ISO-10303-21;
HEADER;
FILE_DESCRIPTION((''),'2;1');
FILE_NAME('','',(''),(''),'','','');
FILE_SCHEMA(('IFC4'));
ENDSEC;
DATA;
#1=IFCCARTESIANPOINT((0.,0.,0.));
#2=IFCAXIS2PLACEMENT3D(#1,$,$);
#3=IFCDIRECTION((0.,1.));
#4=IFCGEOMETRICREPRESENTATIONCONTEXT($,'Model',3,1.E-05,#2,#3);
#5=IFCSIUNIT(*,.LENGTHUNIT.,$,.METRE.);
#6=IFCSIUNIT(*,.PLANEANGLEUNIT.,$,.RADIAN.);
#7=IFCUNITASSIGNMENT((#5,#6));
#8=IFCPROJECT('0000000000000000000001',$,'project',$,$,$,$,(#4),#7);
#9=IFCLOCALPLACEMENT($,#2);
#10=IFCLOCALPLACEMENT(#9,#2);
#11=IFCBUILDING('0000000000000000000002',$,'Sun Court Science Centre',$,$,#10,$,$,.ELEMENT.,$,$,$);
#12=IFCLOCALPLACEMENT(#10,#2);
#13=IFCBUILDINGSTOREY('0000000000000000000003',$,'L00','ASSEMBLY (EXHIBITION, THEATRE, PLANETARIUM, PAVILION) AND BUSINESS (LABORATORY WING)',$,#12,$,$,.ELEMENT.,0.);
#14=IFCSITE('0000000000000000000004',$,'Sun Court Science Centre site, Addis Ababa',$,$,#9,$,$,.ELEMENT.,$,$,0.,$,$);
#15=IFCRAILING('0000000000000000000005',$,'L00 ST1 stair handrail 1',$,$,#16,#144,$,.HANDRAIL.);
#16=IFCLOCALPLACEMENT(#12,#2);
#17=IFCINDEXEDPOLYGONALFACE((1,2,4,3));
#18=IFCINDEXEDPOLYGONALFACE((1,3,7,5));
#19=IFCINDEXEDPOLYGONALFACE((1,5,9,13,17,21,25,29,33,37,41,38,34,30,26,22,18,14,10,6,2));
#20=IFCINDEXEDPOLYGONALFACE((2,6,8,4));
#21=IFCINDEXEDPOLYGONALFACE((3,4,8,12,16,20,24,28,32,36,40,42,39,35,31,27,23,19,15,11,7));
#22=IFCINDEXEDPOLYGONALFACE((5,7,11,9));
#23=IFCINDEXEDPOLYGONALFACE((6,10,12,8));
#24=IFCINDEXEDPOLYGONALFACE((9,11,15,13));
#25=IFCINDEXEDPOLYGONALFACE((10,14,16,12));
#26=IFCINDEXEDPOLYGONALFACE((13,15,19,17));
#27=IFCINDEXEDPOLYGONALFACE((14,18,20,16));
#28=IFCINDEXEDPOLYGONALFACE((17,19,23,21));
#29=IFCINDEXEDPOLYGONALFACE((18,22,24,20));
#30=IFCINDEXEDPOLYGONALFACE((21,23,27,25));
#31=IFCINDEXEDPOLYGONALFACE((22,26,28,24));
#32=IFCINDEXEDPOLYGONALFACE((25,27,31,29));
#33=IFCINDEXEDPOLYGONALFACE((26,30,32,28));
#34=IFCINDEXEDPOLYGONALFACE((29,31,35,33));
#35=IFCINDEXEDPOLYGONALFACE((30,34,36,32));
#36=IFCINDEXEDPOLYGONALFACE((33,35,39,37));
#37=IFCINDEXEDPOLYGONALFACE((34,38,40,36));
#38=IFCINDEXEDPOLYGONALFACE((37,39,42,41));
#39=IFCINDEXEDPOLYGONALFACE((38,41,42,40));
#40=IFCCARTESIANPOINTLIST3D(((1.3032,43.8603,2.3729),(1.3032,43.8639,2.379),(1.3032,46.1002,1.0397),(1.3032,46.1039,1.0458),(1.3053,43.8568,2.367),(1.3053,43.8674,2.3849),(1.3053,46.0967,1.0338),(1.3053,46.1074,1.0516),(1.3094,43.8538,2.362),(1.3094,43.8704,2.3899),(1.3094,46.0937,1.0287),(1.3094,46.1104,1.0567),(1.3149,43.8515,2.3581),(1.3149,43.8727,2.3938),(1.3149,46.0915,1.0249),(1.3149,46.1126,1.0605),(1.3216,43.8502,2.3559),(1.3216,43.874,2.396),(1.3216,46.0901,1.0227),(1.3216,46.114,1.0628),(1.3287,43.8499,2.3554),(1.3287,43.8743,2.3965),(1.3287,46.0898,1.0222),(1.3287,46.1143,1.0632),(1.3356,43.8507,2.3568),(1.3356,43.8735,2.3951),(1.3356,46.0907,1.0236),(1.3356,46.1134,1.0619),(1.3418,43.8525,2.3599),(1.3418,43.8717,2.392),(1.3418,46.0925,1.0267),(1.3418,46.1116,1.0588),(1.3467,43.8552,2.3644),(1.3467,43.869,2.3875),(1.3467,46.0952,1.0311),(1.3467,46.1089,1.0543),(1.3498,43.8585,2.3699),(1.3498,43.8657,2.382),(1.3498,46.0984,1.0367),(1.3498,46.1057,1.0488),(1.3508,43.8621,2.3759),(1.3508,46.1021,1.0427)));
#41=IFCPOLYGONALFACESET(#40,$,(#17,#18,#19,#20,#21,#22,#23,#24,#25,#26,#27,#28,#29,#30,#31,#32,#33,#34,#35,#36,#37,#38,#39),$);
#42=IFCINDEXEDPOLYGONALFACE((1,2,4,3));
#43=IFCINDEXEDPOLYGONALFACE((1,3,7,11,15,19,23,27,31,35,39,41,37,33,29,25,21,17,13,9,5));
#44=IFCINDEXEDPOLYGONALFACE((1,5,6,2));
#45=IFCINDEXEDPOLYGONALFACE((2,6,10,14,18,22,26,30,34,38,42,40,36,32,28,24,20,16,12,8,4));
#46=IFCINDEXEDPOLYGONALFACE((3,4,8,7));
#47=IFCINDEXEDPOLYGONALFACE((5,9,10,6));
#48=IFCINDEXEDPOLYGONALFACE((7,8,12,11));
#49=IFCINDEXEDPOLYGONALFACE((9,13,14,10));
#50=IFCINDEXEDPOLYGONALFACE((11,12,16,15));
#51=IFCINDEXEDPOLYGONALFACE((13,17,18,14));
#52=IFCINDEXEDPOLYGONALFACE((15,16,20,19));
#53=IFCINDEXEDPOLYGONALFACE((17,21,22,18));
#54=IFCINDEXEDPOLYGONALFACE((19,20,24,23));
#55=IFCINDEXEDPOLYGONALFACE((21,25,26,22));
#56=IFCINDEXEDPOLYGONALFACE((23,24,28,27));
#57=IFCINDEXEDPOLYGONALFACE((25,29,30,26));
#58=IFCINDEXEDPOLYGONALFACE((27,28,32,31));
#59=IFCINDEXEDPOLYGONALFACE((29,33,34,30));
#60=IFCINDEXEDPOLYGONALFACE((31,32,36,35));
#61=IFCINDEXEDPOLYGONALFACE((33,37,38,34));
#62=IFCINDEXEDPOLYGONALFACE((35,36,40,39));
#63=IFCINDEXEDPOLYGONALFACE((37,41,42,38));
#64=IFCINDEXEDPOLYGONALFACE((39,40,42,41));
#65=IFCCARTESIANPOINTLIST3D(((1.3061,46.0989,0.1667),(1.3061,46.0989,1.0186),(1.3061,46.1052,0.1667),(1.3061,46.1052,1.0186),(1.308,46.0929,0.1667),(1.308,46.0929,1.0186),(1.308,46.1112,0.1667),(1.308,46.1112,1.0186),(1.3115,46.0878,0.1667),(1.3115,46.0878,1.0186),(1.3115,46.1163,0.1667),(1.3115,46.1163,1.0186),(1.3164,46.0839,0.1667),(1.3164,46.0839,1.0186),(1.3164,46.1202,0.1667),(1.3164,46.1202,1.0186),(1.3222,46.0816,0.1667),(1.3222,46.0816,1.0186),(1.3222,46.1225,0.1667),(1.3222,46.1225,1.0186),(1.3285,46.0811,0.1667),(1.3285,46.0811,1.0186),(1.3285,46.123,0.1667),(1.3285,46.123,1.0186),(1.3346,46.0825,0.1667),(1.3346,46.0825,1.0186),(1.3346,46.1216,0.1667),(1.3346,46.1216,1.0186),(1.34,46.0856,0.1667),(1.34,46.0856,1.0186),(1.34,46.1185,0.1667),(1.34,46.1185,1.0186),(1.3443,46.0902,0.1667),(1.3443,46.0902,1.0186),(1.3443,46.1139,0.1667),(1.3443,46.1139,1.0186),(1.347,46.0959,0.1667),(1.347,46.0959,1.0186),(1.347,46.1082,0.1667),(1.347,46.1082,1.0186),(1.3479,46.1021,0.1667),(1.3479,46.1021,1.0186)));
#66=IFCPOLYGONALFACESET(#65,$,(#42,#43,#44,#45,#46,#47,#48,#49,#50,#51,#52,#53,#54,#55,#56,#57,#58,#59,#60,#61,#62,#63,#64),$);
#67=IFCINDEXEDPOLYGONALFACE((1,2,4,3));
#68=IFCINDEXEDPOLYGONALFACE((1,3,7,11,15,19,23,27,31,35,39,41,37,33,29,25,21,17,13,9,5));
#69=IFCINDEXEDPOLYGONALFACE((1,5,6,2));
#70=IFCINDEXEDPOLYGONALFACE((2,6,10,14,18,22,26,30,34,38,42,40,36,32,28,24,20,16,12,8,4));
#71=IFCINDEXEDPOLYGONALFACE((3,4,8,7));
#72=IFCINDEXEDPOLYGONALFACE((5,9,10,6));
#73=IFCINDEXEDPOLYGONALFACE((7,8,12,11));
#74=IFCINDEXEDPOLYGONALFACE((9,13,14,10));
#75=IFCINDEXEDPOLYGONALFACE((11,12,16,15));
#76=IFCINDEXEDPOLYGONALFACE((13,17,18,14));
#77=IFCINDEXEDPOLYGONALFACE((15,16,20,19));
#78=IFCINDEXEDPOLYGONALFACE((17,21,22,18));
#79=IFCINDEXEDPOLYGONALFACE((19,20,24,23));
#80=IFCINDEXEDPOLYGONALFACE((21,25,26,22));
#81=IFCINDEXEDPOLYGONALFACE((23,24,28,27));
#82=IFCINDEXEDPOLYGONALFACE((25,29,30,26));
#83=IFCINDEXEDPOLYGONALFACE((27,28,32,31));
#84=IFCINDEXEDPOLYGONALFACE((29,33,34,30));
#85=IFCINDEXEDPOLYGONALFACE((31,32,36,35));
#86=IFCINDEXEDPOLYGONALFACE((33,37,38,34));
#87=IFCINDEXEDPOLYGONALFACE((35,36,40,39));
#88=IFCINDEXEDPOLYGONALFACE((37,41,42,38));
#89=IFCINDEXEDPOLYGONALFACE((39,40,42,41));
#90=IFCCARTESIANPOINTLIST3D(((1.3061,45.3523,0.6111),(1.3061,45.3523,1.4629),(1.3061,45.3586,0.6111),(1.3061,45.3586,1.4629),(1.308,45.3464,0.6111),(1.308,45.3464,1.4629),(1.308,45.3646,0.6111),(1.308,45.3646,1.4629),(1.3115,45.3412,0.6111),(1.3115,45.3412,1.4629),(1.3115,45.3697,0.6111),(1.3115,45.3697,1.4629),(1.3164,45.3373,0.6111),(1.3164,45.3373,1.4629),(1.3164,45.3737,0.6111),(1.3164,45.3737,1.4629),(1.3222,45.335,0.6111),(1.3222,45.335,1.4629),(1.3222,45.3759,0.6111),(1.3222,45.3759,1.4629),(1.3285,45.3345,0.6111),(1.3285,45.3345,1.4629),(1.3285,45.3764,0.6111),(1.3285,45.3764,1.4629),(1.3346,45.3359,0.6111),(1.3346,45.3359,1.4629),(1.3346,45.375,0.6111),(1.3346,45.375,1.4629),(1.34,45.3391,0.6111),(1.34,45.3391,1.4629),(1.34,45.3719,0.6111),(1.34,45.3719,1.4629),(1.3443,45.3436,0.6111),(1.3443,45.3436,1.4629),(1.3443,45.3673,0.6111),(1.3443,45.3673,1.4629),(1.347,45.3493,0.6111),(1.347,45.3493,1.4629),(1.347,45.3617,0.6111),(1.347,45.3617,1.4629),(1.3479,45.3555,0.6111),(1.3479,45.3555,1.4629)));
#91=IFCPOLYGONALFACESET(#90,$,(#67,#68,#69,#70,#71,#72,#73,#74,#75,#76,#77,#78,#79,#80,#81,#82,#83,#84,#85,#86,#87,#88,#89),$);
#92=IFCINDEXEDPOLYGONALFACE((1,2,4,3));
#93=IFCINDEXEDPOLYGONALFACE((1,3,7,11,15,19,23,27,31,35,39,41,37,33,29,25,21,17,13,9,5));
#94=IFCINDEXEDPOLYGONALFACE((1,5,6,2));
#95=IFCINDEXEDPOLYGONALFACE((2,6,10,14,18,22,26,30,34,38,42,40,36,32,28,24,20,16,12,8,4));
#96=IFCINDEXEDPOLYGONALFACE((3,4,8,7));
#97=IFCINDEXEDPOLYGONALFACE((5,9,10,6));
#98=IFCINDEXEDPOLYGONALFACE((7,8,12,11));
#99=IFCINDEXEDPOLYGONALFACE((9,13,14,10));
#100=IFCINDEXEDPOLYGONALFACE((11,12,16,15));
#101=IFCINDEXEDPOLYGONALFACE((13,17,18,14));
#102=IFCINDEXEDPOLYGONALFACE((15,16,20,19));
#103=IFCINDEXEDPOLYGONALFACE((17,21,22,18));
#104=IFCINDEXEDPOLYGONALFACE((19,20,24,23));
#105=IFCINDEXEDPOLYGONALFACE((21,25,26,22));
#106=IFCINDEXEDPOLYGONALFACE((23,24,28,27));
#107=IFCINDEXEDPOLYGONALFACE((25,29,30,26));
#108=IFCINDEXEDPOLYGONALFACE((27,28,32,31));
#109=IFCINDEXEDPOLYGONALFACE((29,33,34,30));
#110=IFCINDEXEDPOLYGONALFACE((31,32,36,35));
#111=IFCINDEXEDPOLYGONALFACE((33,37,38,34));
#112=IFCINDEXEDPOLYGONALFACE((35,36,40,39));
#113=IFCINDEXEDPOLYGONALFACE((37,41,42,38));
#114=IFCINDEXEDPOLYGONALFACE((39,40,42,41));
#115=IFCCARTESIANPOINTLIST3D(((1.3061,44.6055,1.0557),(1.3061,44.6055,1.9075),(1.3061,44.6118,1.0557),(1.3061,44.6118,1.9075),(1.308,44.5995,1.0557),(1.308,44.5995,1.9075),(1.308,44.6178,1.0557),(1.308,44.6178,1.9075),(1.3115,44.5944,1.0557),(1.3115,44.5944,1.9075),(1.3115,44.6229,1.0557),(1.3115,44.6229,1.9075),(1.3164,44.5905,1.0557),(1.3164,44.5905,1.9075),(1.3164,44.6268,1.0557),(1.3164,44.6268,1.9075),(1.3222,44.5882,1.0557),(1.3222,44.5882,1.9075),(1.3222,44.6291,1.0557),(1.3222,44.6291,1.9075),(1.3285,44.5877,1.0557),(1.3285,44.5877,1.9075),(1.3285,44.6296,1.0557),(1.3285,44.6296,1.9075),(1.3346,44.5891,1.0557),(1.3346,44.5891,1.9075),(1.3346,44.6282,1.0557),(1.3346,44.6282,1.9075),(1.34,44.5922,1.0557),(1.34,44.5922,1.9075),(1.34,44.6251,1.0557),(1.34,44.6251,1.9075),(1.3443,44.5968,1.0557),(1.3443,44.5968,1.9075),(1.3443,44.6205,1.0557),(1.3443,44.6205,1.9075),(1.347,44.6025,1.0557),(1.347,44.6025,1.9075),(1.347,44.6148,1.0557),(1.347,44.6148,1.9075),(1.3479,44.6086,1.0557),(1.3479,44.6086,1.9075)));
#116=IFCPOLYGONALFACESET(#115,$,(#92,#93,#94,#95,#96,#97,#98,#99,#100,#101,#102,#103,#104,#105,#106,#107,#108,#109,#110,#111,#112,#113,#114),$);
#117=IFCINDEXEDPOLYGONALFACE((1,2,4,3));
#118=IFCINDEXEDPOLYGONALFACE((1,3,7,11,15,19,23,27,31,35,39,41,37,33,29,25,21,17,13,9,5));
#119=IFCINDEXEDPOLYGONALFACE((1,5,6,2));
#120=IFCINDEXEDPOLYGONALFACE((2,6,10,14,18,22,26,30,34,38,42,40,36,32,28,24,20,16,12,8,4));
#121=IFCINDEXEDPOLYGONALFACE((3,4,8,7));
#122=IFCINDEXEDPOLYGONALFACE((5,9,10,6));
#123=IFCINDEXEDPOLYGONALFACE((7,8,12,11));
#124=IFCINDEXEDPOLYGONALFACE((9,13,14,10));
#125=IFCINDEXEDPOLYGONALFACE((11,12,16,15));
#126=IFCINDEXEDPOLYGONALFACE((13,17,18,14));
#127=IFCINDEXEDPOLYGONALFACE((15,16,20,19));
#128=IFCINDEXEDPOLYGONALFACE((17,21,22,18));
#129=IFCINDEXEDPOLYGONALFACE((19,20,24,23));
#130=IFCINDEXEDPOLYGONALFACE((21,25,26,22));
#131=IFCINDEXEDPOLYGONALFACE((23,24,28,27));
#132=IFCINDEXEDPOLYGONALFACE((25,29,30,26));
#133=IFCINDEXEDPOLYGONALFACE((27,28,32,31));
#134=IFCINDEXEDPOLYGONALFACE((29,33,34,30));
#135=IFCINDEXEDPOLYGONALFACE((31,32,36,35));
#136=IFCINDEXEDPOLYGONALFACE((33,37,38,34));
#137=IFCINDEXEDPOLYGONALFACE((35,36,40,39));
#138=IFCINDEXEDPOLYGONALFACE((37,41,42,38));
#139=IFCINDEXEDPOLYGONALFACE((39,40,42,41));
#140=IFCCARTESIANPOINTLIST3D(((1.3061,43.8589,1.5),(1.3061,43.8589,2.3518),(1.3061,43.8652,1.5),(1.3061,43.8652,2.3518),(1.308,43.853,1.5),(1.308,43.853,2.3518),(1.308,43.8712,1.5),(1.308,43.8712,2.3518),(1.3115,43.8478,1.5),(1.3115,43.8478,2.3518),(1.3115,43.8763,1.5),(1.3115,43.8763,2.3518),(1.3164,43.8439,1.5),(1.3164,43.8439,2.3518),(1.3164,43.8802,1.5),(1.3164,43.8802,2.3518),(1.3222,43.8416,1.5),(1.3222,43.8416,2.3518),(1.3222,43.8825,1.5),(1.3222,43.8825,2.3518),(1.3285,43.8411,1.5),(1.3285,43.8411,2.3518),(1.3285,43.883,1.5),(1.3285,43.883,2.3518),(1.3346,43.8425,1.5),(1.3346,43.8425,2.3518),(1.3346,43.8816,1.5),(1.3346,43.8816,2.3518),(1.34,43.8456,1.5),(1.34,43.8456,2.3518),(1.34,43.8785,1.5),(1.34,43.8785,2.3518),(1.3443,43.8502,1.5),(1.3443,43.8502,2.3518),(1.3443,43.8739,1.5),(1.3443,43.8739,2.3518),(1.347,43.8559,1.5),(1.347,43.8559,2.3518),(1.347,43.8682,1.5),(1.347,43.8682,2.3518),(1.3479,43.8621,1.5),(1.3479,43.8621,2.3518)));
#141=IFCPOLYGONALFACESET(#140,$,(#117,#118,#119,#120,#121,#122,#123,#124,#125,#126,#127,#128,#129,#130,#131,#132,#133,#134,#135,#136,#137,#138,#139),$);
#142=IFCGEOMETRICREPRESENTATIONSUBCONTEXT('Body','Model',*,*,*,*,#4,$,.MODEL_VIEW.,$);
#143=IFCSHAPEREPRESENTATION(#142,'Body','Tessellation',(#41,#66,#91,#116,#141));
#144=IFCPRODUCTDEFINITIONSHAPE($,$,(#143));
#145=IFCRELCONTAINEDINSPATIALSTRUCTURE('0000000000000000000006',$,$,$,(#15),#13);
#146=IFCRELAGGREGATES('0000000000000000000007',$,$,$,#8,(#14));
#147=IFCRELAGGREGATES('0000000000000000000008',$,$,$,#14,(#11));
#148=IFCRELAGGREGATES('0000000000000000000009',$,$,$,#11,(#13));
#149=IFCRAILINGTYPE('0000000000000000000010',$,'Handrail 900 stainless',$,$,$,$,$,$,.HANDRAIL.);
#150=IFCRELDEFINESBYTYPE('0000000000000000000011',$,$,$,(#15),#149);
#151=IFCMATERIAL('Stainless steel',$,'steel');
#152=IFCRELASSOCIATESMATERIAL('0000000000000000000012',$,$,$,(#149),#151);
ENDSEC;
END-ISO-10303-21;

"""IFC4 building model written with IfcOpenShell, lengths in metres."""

from ifc_helpers import new_model, si_unit, direction, frame, origin, origin_2d, place, context, subcontext, project, spatial, circle, extrude, material, type_object, element, save


model = new_model("IFC4")

# Units and contexts
model_context = context("Model", 3, precision=1e-05, world=origin(), true_north=direction((0.0, 1.0)))
body_context = subcontext(model_context, "Body", "Model", "MODEL_VIEW")
ifc_project = project(units=[si_unit("LENGTHUNIT", "METRE"), si_unit("PLANEANGLEUNIT", "RADIAN")], contexts=[model_context])

# Site, building, storey
site_placement = place(None, origin())
site = spatial("IfcSite", under=ifc_project, at=site_placement, Name="Sun Court Science Centre site, Addis Ababa", CompositionType="ELEMENT", RefElevation=0.0)
building_placement = place(site_placement, origin())
building = spatial("IfcBuilding", under=site, at=building_placement, Name="Sun Court Science Centre", CompositionType="ELEMENT")
storey_placement = place(building_placement, origin())
storey = spatial("IfcBuildingStorey", under=building, at=storey_placement, Name="L00", Description="ASSEMBLY (EXHIBITION, THEATRE, PLANETARIUM, PAVILION) AND BUSINESS (LABORATORY WING)", CompositionType="ELEMENT", Elevation=0.0)

# Railing
ifc_material_1 = material(Name="Stainless steel", Category="steel")
railing_type_1 = type_object("IfcRailingType", Name="Handrail 900 stainless", PredefinedType="HANDRAIL", material=ifc_material_1)
railing_1_placement = place(storey_placement, frame((1.3269, 46.1021, 0.1667)))
element("IfcRailing", 1, at=railing_1_placement, inside=storey, type_object=railing_type_1, Name="L00 ST1 stair handrail 1", PredefinedType="HANDRAIL", context=body_context, shape_type="SweptSolid", body=[
    extrude(circle(Radius=0.0239, at=origin_2d()), frame((0.0, 0.0, 0.876), z_axis=(0.0, -0.859306, 0.511462), x_axis=(1.0, 0.0, 0.0)), (0.0, 0.0, 1.0), 2.6067),
    extrude(circle(Radius=0.021, at=origin_2d()), origin(), (0.0, 0.0, 1.0), 0.8518),
    extrude(circle(Radius=0.021, at=origin_2d()), frame((0.0, -0.7466, 0.4443)), (0.0, 0.0, 1.0), 0.8518),
    extrude(circle(Radius=0.021, at=origin_2d()), frame((0.0, -1.4934, 0.8889)), (0.0, 0.0, 1.0), 0.8518),
    extrude(circle(Radius=0.021, at=origin_2d()), frame((0.0, -2.24, 1.3333)), (0.0, 0.0, 1.0), 0.8518),
])

save(model, "model.ifc")
